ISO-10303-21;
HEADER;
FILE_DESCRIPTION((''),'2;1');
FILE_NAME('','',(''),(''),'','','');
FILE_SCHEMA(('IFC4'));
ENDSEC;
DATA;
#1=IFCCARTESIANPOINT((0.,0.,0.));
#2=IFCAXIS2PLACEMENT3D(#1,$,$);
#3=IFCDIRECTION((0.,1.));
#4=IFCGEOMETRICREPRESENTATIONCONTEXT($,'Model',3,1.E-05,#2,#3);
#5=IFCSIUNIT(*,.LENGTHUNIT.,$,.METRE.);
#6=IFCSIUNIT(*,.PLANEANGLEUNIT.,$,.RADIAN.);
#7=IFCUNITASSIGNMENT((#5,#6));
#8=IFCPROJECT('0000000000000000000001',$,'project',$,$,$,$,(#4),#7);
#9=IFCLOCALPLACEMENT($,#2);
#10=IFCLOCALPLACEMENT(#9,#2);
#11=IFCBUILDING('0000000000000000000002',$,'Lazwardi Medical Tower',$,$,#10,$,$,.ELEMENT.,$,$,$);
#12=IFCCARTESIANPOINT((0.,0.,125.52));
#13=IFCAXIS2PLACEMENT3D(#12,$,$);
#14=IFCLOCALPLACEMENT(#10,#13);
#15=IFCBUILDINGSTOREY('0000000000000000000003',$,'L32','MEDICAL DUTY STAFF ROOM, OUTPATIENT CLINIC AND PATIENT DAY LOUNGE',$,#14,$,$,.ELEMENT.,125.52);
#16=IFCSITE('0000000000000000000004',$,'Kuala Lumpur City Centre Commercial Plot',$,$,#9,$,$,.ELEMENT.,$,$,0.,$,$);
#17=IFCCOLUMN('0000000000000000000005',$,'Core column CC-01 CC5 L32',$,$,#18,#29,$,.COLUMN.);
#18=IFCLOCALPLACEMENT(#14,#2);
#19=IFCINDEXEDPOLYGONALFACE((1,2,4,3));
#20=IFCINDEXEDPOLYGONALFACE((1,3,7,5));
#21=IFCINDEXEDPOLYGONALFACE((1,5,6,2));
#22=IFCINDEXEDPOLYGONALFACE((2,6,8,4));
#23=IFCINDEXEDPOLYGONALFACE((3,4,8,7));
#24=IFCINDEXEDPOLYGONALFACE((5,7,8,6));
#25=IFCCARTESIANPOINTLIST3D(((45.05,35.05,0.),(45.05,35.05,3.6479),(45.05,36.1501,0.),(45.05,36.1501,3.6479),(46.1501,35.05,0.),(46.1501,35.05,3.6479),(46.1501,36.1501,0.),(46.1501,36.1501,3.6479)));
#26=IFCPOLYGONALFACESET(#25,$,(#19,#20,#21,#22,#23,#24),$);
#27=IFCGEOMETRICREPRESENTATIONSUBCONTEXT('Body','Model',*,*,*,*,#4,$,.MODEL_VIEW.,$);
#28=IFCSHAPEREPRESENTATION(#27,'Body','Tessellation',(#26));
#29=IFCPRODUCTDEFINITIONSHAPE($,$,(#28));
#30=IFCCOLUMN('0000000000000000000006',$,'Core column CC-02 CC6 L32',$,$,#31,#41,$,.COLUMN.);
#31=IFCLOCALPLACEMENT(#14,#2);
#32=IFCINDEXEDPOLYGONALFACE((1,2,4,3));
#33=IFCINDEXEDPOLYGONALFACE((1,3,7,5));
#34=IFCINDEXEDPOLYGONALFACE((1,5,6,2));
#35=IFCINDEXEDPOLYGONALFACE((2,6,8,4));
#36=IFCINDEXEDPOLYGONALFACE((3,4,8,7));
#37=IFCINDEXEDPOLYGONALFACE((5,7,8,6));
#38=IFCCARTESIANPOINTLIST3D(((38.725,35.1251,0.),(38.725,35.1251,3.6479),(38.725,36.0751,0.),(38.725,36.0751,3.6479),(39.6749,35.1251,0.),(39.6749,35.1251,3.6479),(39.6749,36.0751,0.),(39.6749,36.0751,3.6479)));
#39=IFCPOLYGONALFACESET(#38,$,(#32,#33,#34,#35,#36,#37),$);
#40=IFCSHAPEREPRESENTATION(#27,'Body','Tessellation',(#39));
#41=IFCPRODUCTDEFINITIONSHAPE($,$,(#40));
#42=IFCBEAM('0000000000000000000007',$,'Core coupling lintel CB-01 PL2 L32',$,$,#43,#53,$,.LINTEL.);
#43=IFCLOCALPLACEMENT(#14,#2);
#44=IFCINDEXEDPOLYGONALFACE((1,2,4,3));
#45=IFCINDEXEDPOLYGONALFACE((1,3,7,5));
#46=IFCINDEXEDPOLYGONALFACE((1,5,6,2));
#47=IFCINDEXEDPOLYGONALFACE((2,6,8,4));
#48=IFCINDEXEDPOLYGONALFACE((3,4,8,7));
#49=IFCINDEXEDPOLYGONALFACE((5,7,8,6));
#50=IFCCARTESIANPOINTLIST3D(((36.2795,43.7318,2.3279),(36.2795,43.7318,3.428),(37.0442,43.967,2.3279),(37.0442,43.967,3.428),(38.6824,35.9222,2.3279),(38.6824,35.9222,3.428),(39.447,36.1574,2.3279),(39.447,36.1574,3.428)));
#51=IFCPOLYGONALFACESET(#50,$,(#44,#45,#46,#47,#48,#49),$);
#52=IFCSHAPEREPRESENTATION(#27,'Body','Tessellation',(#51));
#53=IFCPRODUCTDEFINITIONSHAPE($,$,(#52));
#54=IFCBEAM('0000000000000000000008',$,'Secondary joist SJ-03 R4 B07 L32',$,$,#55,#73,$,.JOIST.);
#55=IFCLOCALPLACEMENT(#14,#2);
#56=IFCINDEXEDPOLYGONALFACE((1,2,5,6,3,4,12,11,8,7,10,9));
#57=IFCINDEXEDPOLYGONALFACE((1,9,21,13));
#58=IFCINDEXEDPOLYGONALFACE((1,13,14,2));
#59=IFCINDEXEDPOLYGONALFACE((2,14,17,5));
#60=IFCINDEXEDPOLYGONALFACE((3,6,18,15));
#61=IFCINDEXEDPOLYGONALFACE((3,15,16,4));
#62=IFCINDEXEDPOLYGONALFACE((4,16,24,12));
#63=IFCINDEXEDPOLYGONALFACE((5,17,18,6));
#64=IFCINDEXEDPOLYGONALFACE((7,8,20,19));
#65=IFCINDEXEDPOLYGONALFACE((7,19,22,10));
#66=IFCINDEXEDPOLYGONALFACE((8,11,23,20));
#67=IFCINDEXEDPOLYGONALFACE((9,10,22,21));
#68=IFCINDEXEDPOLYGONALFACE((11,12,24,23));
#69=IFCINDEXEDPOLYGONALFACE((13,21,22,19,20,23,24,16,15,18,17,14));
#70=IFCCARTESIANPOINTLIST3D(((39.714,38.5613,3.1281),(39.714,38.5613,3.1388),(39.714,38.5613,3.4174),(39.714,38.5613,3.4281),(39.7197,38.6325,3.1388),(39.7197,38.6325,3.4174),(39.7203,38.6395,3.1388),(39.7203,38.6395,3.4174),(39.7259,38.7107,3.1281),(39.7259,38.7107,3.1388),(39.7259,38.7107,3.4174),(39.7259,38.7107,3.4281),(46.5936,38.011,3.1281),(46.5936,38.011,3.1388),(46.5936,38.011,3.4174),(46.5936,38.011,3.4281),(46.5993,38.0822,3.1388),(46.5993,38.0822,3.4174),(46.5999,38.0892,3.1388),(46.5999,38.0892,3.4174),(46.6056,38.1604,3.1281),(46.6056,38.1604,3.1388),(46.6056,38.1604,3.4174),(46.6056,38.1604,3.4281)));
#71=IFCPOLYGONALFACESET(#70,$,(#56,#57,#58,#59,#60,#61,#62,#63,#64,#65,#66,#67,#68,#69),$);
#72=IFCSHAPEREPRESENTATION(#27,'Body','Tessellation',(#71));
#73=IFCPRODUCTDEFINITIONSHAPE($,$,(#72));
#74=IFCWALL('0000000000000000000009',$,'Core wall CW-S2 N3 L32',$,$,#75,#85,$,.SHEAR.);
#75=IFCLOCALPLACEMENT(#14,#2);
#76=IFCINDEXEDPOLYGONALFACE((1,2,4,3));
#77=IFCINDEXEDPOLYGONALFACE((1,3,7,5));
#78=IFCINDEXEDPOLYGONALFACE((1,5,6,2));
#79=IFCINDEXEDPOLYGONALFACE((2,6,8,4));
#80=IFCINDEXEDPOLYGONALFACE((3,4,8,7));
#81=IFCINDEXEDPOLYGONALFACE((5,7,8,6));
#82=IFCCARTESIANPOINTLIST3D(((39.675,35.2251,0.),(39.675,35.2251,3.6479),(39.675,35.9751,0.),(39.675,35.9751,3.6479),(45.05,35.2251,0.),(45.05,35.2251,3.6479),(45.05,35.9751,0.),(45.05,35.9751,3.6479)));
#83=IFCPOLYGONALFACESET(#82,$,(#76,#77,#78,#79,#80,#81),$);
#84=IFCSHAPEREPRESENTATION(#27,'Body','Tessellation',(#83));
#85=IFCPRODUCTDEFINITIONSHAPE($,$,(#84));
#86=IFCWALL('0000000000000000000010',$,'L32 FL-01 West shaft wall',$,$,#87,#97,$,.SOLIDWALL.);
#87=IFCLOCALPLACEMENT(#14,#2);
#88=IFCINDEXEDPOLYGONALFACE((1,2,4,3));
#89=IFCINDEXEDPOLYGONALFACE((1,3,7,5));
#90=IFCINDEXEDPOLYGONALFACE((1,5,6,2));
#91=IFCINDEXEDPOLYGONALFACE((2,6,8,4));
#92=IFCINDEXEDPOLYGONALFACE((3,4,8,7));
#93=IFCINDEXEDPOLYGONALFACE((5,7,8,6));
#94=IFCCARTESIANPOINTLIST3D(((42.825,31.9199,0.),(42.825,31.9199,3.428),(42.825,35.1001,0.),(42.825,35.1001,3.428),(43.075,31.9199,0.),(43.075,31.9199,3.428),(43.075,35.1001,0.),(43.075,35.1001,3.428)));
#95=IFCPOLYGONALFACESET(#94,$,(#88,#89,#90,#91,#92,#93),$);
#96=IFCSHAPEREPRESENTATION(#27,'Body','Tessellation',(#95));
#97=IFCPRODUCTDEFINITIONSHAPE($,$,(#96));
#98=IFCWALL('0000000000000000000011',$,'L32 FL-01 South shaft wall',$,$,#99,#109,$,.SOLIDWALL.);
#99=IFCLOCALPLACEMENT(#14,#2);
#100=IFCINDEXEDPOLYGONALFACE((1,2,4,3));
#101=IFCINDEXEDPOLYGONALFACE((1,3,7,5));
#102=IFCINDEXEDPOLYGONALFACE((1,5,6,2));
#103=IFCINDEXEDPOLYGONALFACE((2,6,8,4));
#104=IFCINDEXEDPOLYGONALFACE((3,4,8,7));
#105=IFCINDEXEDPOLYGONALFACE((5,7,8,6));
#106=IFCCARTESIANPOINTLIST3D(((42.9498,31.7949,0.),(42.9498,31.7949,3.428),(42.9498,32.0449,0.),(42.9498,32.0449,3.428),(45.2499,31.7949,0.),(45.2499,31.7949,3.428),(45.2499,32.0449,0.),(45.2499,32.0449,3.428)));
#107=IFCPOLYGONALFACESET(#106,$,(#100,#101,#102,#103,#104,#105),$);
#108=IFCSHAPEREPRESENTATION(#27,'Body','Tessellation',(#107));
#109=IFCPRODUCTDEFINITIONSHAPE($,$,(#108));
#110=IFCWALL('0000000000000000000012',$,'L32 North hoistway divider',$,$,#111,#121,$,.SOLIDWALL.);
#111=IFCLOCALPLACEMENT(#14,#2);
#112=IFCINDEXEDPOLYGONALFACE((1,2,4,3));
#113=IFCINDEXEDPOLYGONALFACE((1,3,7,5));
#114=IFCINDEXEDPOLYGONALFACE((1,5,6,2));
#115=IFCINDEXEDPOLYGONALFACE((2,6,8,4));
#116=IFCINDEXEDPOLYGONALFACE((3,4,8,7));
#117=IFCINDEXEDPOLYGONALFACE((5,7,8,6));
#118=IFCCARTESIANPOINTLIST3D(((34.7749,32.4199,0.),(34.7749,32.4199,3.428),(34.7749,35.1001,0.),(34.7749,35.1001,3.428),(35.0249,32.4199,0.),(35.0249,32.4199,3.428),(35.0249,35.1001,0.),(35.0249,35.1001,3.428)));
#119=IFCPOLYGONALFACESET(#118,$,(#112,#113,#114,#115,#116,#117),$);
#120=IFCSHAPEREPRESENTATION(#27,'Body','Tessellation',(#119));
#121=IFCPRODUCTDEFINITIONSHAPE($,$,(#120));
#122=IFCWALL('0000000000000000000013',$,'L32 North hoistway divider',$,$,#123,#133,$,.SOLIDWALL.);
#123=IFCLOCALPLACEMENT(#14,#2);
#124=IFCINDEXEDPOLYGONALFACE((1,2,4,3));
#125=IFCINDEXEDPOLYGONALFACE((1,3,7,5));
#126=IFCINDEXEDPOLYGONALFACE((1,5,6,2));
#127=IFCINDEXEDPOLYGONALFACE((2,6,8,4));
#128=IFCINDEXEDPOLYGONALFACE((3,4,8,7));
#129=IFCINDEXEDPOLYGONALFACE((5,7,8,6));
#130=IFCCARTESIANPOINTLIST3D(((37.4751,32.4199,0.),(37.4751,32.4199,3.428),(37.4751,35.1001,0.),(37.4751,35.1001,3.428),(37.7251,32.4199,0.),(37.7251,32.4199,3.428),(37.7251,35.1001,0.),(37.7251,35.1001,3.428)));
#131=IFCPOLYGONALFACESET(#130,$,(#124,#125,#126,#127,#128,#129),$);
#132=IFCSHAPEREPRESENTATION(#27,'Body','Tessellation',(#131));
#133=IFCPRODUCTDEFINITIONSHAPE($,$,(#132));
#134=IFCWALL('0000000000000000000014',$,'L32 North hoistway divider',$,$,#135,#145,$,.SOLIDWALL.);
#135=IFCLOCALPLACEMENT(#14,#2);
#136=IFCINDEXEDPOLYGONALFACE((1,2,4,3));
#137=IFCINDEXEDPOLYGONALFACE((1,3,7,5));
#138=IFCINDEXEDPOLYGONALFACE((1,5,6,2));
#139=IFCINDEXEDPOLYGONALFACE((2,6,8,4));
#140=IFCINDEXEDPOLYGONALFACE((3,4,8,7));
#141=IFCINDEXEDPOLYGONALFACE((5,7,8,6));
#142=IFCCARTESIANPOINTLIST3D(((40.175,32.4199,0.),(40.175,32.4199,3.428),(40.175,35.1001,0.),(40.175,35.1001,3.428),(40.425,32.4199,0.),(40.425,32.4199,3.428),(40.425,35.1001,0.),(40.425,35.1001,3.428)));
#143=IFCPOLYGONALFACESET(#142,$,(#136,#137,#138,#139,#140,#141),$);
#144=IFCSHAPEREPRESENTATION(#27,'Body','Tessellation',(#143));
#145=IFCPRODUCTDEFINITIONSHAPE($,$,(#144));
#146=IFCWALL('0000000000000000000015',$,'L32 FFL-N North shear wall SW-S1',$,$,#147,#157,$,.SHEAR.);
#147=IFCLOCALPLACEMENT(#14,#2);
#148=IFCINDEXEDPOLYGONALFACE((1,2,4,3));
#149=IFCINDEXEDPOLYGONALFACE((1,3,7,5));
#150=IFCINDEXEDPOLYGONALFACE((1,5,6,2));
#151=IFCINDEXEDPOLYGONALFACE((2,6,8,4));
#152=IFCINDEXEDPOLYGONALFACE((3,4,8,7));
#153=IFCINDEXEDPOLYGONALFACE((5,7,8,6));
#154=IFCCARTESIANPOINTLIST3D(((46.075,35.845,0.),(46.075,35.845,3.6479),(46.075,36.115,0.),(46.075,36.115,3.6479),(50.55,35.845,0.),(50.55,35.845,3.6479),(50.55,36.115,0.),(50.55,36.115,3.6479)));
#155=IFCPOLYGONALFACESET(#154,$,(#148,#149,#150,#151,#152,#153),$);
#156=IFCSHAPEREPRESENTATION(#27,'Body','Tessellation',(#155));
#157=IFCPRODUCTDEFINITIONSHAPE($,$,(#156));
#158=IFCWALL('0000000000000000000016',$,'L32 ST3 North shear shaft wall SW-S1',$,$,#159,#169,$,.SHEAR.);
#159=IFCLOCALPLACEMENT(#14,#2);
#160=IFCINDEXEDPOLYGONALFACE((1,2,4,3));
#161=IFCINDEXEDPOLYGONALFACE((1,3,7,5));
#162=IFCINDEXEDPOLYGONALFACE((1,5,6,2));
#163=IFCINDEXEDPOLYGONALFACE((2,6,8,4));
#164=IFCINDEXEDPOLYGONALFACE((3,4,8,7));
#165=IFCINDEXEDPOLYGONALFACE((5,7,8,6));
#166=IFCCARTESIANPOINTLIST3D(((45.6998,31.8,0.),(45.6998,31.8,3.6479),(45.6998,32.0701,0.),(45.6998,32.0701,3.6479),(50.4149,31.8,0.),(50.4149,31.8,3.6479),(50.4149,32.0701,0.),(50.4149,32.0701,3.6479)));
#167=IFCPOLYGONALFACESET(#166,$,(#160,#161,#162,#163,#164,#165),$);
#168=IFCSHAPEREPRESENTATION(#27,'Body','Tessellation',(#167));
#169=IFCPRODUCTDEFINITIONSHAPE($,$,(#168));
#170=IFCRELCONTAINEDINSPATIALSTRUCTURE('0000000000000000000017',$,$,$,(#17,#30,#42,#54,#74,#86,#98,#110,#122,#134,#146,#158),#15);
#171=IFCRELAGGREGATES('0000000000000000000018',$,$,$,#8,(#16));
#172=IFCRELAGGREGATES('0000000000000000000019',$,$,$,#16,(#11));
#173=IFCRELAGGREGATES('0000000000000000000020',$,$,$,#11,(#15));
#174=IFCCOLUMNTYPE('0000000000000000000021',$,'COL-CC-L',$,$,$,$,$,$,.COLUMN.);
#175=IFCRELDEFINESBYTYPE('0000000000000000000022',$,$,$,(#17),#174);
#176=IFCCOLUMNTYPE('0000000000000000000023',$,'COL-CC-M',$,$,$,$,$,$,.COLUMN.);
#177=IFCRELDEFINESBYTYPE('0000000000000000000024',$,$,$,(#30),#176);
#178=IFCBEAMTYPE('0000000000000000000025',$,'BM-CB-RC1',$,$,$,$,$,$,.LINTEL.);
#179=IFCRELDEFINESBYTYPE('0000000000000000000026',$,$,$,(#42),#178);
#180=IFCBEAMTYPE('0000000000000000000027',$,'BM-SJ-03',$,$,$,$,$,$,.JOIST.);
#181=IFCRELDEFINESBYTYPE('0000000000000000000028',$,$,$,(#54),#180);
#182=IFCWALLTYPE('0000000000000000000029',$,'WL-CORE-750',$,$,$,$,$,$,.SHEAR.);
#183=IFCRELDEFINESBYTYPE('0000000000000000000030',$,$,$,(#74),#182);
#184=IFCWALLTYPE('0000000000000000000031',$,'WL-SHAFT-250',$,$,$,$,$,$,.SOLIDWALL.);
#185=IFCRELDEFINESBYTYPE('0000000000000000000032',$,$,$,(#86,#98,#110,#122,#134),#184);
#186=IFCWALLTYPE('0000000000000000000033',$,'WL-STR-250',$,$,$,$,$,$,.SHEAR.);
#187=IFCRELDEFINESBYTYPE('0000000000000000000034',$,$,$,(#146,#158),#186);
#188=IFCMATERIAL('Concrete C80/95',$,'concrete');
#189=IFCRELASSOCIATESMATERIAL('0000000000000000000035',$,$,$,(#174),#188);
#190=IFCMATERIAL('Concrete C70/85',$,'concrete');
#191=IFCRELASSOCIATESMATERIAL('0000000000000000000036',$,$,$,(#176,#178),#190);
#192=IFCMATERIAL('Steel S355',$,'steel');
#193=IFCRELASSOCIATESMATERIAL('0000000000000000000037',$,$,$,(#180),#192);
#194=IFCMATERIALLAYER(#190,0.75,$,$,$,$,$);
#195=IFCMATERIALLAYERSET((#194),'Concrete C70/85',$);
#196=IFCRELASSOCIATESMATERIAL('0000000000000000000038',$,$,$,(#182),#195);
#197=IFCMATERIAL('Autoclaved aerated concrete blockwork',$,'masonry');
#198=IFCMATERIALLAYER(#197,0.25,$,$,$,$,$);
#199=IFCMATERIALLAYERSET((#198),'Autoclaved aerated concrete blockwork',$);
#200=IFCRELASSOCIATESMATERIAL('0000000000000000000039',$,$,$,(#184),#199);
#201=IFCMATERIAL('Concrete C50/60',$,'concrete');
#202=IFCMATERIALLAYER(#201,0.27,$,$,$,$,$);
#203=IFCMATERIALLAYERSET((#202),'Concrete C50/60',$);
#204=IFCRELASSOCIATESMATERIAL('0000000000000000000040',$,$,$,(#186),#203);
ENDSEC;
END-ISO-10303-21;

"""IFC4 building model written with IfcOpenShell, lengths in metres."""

from ifc_helpers import new_model, si_unit, direction, frame, frame_2d, origin, origin_2d, place, context, subcontext, project, spatial, rectangle, i_section, extrude, material, layer, layer_set, material_profile, profile_set, type_object, element, save


model = new_model("IFC4")

# Units and contexts
model_context = context("Model", 3, precision=1e-05, world=origin(), true_north=direction((0.0, 1.0)))
body_context = subcontext(model_context, "Body", "Model", "MODEL_VIEW")
ifc_project = project(units=[si_unit("LENGTHUNIT", "METRE"), si_unit("PLANEANGLEUNIT", "RADIAN")], contexts=[model_context])

# Site, building, storey
site_placement = place(None, origin())
site = spatial("IfcSite", under=ifc_project, at=site_placement, Name="Kuala Lumpur City Centre Commercial Plot", CompositionType="ELEMENT", RefElevation=0.0)
building_placement = place(site_placement, origin())
building = spatial("IfcBuilding", under=site, at=building_placement, Name="Lazwardi Medical Tower", CompositionType="ELEMENT")
storey_placement = place(building_placement, frame((0.0, 0.0, 125.52)))
storey = spatial("IfcBuildingStorey", under=building, at=storey_placement, Name="L32", Description="MEDICAL DUTY STAFF ROOM, OUTPATIENT CLINIC AND PATIENT DAY LOUNGE", CompositionType="ELEMENT", Elevation=125.52)

# Columns
ifc_material_1 = material(Name="Concrete C80/95", Category="concrete")
ifc_material_profile_1 = material_profile(ifc_material_1, rectangle(XDim=1.1001, YDim=1.1001, at=origin_2d()), Name="RC 1100x1100")
ifc_profile_set_1 = profile_set([ifc_material_profile_1], Name="Concrete C80/95")
column_type_1 = type_object("IfcColumnType", Name="COL-CC-L", PredefinedType="COLUMN", material=ifc_profile_set_1)
column_1_placement = place(storey_placement, frame((45.6001, 35.6001, 0.0), z_axis=(0.0, 0.0, 1.0), x_axis=(1.0, 0.0, 0.0)))
element("IfcColumn", 1, at=column_1_placement, inside=storey, type_object=column_type_1, Name="Core column CC-01 CC5 L32", PredefinedType="COLUMN", context=body_context, shape_type="SweptSolid", body=[
    extrude(rectangle(XDim=1.1001, YDim=1.1001, at=origin_2d()), origin(), (0.0, 0.0, 1.0), 3.6479),
])
ifc_material_2 = material(Name="Concrete C70/85", Category="concrete")
ifc_material_profile_2 = material_profile(ifc_material_2, rectangle(XDim=0.95, YDim=0.95, at=origin_2d()), Name="RC 950x950")
ifc_profile_set_2 = profile_set([ifc_material_profile_2], Name="Concrete C70/85")
column_type_2 = type_object("IfcColumnType", Name="COL-CC-M", PredefinedType="COLUMN", material=ifc_profile_set_2)
column_2_placement = place(storey_placement, frame((39.2, 35.6001, 0.0), z_axis=(0.0, 0.0, 1.0), x_axis=(1.0, 0.0, 0.0)))
element("IfcColumn", 2, at=column_2_placement, inside=storey, type_object=column_type_2, Name="Core column CC-02 CC6 L32", PredefinedType="COLUMN", context=body_context, shape_type="SweptSolid", body=[
    extrude(rectangle(XDim=0.95, YDim=0.95, at=origin_2d()), origin(), (0.0, 0.0, 1.0), 3.6479),
])

# Beams
ifc_material_profile_3 = material_profile(ifc_material_2, rectangle(XDim=0.8, YDim=1.1001, at=origin_2d()), Name="RC 800x1100")
ifc_profile_set_3 = profile_set([ifc_material_profile_3], Name="Concrete C70/85")
beam_type_1 = type_object("IfcBeamType", Name="BM-CB-RC1", PredefinedType="LINTEL", material=ifc_profile_set_3)
beam_1_placement = place(storey_placement, frame((39.0647, 36.0398, 2.8779), z_axis=(-0.294073, 0.955783, 0.0), x_axis=(-0.955783, -0.294073, 0.0)))
element("IfcBeam", 3, at=beam_1_placement, inside=storey, type_object=beam_type_1, Name="Core coupling lintel CB-01 PL2 L32", PredefinedType="LINTEL", context=body_context, shape_type="SweptSolid", body=[
    extrude(rectangle(XDim=0.8, YDim=1.1001, at=origin_2d()), origin(), (0.0, 0.0, 1.0), 8.1709),
])
ifc_material_3 = material(Name="Steel S355", Category="steel")
ifc_material_profile_4 = material_profile(ifc_material_3, i_section(OverallWidth=0.1499, OverallDepth=0.3, WebThickness=0.0071, FlangeThickness=0.0107, at=origin_2d()), Name="IPE 300")
ifc_profile_set_4 = profile_set([ifc_material_profile_4], Name="Steel S355")
beam_type_2 = type_object("IfcBeamType", Name="BM-SJ-03", PredefinedType="JOIST", material=ifc_profile_set_4)
beam_2_placement = place(storey_placement, frame((46.5996, 38.0857, 3.2781), z_axis=(-0.996816, 0.079734, 0.0), x_axis=(-0.079734, -0.996816, 0.0)))
element("IfcBeam", 4, at=beam_2_placement, inside=storey, type_object=beam_type_2, Name="Secondary joist SJ-03 R4 B07 L32", PredefinedType="JOIST", context=body_context, shape_type="SweptSolid", body=[
    extrude(i_section(OverallWidth=0.1499, OverallDepth=0.3, WebThickness=0.0071, FlangeThickness=0.0107, at=origin_2d()), origin(), (0.0, 0.0, 1.0), 6.9016),
])

# Walls
ifc_layer_1 = layer(ifc_material_2, 0.75)
ifc_layer_set_1 = layer_set([ifc_layer_1], Name="Concrete C70/85")
wall_type_1 = type_object("IfcWallType", Name="WL-CORE-750", PredefinedType="SHEAR", material=ifc_layer_set_1)
wall_1_placement = place(storey_placement, frame((39.675, 35.6001, 0.0), z_axis=(0.0, 0.0, 1.0), x_axis=(1.0, 0.0, 0.0)))
element("IfcWall", 5, at=wall_1_placement, inside=storey, type_object=wall_type_1, Name="Core wall CW-S2 N3 L32", PredefinedType="SHEAR", context=body_context, shape_type="SweptSolid", body=[
    extrude(rectangle(XDim=5.375, YDim=0.75, at=frame_2d((2.6875, 0.0))), origin(), (0.0, 0.0, 1.0), 3.6479),
])
ifc_material_4 = material(Name="Autoclaved aerated concrete blockwork", Category="masonry")
ifc_layer_2 = layer(ifc_material_4, 0.25)
ifc_layer_set_2 = layer_set([ifc_layer_2], Name="Autoclaved aerated concrete blockwork")
wall_type_2 = type_object("IfcWallType", Name="WL-SHAFT-250", PredefinedType="SOLIDWALL", material=ifc_layer_set_2)
wall_2_placement = place(storey_placement, frame((42.95, 31.9199, 0.0), z_axis=(0.0, 0.0, 1.0), x_axis=(0.0, 1.0, 0.0)))
element("IfcWall", 6, at=wall_2_placement, inside=storey, type_object=wall_type_2, Name="L32 FL-01 West shaft wall", PredefinedType="SOLIDWALL", context=body_context, shape_type="SweptSolid", body=[
    extrude(rectangle(XDim=3.1802, YDim=0.25, at=frame_2d((1.5901, 0.0))), origin(), (0.0, 0.0, 1.0), 3.428),
])
wall_3_placement = place(storey_placement, frame((42.95, 31.9199, 0.0), z_axis=(0.0, 0.0, 1.0), x_axis=(1.0, 0.0, 0.0)))
element("IfcWall", 7, at=wall_3_placement, inside=storey, type_object=wall_type_2, Name="L32 FL-01 South shaft wall", PredefinedType="SOLIDWALL", context=body_context, shape_type="SweptSolid", body=[
    extrude(rectangle(XDim=2.3, YDim=0.25, at=frame_2d((1.1499, 0.0))), origin(), (0.0, 0.0, 1.0), 3.428),
])
for number, where, z_axis, x_axis, name in (
    (8, (34.8999, 32.4199, 0.0), (0.0, 0.0, 1.0), (0.0, 1.0, 0.0), "L32 North hoistway divider"),
    (9, (37.6001, 32.4199, 0.0), (0.0, 0.0, 1.0), (0.0, 1.0, 0.0), "L32 North hoistway divider"),
    (10, (40.3, 32.4199, 0.0), (0.0, 0.0, 1.0), (0.0, 1.0, 0.0), "L32 North hoistway divider"),
):
    element("IfcWall", number, at=place(storey_placement, frame(where, z_axis=z_axis, x_axis=x_axis)), inside=storey, type_object=wall_type_2, Name=name, PredefinedType="SOLIDWALL", context=body_context, shape_type="SweptSolid", body=[
        extrude(rectangle(XDim=2.6802, YDim=0.25, at=frame_2d((1.3401, 0.0))), origin(), (0.0, 0.0, 1.0), 3.428),
    ])

# Shared definitions
ifc_material_5 = material(Name="Concrete C50/60", Category="concrete")
ifc_layer_3 = layer(ifc_material_5, 0.27)
ifc_layer_set_3 = layer_set([ifc_layer_3], Name="Concrete C50/60")
wall_type_3 = type_object("IfcWallType", Name="WL-STR-250", PredefinedType="SHEAR", material=ifc_layer_set_3)

# Walls
wall_4_placement = place(storey_placement, frame((46.075, 35.98, 0.0), z_axis=(0.0, 0.0, 1.0), x_axis=(1.0, 0.0, 0.0)))
element("IfcWall", 11, at=wall_4_placement, inside=storey, type_object=wall_type_3, Name="L32 FFL-N North shear wall SW-S1", PredefinedType="SHEAR", context=body_context, shape_type="SweptSolid", body=[
    extrude(rectangle(XDim=4.4751, YDim=0.27, at=frame_2d((2.2375, 0.0))), origin(), (0.0, 0.0, 1.0), 3.6479),
])
wall_5_placement = place(storey_placement, frame((45.7, 31.9351, 0.0), z_axis=(0.0, 0.0, 1.0), x_axis=(1.0, 0.0, 0.0)))
element("IfcWall", 12, at=wall_5_placement, inside=storey, type_object=wall_type_3, Name="L32 ST3 North shear shaft wall SW-S1", PredefinedType="SHEAR", context=body_context, shape_type="SweptSolid", body=[
    extrude(rectangle(XDim=4.7151, YDim=0.27, at=frame_2d((2.3574, 0.0))), origin(), (0.0, 0.0, 1.0), 3.6479),
])

save(model, "model.ifc")
